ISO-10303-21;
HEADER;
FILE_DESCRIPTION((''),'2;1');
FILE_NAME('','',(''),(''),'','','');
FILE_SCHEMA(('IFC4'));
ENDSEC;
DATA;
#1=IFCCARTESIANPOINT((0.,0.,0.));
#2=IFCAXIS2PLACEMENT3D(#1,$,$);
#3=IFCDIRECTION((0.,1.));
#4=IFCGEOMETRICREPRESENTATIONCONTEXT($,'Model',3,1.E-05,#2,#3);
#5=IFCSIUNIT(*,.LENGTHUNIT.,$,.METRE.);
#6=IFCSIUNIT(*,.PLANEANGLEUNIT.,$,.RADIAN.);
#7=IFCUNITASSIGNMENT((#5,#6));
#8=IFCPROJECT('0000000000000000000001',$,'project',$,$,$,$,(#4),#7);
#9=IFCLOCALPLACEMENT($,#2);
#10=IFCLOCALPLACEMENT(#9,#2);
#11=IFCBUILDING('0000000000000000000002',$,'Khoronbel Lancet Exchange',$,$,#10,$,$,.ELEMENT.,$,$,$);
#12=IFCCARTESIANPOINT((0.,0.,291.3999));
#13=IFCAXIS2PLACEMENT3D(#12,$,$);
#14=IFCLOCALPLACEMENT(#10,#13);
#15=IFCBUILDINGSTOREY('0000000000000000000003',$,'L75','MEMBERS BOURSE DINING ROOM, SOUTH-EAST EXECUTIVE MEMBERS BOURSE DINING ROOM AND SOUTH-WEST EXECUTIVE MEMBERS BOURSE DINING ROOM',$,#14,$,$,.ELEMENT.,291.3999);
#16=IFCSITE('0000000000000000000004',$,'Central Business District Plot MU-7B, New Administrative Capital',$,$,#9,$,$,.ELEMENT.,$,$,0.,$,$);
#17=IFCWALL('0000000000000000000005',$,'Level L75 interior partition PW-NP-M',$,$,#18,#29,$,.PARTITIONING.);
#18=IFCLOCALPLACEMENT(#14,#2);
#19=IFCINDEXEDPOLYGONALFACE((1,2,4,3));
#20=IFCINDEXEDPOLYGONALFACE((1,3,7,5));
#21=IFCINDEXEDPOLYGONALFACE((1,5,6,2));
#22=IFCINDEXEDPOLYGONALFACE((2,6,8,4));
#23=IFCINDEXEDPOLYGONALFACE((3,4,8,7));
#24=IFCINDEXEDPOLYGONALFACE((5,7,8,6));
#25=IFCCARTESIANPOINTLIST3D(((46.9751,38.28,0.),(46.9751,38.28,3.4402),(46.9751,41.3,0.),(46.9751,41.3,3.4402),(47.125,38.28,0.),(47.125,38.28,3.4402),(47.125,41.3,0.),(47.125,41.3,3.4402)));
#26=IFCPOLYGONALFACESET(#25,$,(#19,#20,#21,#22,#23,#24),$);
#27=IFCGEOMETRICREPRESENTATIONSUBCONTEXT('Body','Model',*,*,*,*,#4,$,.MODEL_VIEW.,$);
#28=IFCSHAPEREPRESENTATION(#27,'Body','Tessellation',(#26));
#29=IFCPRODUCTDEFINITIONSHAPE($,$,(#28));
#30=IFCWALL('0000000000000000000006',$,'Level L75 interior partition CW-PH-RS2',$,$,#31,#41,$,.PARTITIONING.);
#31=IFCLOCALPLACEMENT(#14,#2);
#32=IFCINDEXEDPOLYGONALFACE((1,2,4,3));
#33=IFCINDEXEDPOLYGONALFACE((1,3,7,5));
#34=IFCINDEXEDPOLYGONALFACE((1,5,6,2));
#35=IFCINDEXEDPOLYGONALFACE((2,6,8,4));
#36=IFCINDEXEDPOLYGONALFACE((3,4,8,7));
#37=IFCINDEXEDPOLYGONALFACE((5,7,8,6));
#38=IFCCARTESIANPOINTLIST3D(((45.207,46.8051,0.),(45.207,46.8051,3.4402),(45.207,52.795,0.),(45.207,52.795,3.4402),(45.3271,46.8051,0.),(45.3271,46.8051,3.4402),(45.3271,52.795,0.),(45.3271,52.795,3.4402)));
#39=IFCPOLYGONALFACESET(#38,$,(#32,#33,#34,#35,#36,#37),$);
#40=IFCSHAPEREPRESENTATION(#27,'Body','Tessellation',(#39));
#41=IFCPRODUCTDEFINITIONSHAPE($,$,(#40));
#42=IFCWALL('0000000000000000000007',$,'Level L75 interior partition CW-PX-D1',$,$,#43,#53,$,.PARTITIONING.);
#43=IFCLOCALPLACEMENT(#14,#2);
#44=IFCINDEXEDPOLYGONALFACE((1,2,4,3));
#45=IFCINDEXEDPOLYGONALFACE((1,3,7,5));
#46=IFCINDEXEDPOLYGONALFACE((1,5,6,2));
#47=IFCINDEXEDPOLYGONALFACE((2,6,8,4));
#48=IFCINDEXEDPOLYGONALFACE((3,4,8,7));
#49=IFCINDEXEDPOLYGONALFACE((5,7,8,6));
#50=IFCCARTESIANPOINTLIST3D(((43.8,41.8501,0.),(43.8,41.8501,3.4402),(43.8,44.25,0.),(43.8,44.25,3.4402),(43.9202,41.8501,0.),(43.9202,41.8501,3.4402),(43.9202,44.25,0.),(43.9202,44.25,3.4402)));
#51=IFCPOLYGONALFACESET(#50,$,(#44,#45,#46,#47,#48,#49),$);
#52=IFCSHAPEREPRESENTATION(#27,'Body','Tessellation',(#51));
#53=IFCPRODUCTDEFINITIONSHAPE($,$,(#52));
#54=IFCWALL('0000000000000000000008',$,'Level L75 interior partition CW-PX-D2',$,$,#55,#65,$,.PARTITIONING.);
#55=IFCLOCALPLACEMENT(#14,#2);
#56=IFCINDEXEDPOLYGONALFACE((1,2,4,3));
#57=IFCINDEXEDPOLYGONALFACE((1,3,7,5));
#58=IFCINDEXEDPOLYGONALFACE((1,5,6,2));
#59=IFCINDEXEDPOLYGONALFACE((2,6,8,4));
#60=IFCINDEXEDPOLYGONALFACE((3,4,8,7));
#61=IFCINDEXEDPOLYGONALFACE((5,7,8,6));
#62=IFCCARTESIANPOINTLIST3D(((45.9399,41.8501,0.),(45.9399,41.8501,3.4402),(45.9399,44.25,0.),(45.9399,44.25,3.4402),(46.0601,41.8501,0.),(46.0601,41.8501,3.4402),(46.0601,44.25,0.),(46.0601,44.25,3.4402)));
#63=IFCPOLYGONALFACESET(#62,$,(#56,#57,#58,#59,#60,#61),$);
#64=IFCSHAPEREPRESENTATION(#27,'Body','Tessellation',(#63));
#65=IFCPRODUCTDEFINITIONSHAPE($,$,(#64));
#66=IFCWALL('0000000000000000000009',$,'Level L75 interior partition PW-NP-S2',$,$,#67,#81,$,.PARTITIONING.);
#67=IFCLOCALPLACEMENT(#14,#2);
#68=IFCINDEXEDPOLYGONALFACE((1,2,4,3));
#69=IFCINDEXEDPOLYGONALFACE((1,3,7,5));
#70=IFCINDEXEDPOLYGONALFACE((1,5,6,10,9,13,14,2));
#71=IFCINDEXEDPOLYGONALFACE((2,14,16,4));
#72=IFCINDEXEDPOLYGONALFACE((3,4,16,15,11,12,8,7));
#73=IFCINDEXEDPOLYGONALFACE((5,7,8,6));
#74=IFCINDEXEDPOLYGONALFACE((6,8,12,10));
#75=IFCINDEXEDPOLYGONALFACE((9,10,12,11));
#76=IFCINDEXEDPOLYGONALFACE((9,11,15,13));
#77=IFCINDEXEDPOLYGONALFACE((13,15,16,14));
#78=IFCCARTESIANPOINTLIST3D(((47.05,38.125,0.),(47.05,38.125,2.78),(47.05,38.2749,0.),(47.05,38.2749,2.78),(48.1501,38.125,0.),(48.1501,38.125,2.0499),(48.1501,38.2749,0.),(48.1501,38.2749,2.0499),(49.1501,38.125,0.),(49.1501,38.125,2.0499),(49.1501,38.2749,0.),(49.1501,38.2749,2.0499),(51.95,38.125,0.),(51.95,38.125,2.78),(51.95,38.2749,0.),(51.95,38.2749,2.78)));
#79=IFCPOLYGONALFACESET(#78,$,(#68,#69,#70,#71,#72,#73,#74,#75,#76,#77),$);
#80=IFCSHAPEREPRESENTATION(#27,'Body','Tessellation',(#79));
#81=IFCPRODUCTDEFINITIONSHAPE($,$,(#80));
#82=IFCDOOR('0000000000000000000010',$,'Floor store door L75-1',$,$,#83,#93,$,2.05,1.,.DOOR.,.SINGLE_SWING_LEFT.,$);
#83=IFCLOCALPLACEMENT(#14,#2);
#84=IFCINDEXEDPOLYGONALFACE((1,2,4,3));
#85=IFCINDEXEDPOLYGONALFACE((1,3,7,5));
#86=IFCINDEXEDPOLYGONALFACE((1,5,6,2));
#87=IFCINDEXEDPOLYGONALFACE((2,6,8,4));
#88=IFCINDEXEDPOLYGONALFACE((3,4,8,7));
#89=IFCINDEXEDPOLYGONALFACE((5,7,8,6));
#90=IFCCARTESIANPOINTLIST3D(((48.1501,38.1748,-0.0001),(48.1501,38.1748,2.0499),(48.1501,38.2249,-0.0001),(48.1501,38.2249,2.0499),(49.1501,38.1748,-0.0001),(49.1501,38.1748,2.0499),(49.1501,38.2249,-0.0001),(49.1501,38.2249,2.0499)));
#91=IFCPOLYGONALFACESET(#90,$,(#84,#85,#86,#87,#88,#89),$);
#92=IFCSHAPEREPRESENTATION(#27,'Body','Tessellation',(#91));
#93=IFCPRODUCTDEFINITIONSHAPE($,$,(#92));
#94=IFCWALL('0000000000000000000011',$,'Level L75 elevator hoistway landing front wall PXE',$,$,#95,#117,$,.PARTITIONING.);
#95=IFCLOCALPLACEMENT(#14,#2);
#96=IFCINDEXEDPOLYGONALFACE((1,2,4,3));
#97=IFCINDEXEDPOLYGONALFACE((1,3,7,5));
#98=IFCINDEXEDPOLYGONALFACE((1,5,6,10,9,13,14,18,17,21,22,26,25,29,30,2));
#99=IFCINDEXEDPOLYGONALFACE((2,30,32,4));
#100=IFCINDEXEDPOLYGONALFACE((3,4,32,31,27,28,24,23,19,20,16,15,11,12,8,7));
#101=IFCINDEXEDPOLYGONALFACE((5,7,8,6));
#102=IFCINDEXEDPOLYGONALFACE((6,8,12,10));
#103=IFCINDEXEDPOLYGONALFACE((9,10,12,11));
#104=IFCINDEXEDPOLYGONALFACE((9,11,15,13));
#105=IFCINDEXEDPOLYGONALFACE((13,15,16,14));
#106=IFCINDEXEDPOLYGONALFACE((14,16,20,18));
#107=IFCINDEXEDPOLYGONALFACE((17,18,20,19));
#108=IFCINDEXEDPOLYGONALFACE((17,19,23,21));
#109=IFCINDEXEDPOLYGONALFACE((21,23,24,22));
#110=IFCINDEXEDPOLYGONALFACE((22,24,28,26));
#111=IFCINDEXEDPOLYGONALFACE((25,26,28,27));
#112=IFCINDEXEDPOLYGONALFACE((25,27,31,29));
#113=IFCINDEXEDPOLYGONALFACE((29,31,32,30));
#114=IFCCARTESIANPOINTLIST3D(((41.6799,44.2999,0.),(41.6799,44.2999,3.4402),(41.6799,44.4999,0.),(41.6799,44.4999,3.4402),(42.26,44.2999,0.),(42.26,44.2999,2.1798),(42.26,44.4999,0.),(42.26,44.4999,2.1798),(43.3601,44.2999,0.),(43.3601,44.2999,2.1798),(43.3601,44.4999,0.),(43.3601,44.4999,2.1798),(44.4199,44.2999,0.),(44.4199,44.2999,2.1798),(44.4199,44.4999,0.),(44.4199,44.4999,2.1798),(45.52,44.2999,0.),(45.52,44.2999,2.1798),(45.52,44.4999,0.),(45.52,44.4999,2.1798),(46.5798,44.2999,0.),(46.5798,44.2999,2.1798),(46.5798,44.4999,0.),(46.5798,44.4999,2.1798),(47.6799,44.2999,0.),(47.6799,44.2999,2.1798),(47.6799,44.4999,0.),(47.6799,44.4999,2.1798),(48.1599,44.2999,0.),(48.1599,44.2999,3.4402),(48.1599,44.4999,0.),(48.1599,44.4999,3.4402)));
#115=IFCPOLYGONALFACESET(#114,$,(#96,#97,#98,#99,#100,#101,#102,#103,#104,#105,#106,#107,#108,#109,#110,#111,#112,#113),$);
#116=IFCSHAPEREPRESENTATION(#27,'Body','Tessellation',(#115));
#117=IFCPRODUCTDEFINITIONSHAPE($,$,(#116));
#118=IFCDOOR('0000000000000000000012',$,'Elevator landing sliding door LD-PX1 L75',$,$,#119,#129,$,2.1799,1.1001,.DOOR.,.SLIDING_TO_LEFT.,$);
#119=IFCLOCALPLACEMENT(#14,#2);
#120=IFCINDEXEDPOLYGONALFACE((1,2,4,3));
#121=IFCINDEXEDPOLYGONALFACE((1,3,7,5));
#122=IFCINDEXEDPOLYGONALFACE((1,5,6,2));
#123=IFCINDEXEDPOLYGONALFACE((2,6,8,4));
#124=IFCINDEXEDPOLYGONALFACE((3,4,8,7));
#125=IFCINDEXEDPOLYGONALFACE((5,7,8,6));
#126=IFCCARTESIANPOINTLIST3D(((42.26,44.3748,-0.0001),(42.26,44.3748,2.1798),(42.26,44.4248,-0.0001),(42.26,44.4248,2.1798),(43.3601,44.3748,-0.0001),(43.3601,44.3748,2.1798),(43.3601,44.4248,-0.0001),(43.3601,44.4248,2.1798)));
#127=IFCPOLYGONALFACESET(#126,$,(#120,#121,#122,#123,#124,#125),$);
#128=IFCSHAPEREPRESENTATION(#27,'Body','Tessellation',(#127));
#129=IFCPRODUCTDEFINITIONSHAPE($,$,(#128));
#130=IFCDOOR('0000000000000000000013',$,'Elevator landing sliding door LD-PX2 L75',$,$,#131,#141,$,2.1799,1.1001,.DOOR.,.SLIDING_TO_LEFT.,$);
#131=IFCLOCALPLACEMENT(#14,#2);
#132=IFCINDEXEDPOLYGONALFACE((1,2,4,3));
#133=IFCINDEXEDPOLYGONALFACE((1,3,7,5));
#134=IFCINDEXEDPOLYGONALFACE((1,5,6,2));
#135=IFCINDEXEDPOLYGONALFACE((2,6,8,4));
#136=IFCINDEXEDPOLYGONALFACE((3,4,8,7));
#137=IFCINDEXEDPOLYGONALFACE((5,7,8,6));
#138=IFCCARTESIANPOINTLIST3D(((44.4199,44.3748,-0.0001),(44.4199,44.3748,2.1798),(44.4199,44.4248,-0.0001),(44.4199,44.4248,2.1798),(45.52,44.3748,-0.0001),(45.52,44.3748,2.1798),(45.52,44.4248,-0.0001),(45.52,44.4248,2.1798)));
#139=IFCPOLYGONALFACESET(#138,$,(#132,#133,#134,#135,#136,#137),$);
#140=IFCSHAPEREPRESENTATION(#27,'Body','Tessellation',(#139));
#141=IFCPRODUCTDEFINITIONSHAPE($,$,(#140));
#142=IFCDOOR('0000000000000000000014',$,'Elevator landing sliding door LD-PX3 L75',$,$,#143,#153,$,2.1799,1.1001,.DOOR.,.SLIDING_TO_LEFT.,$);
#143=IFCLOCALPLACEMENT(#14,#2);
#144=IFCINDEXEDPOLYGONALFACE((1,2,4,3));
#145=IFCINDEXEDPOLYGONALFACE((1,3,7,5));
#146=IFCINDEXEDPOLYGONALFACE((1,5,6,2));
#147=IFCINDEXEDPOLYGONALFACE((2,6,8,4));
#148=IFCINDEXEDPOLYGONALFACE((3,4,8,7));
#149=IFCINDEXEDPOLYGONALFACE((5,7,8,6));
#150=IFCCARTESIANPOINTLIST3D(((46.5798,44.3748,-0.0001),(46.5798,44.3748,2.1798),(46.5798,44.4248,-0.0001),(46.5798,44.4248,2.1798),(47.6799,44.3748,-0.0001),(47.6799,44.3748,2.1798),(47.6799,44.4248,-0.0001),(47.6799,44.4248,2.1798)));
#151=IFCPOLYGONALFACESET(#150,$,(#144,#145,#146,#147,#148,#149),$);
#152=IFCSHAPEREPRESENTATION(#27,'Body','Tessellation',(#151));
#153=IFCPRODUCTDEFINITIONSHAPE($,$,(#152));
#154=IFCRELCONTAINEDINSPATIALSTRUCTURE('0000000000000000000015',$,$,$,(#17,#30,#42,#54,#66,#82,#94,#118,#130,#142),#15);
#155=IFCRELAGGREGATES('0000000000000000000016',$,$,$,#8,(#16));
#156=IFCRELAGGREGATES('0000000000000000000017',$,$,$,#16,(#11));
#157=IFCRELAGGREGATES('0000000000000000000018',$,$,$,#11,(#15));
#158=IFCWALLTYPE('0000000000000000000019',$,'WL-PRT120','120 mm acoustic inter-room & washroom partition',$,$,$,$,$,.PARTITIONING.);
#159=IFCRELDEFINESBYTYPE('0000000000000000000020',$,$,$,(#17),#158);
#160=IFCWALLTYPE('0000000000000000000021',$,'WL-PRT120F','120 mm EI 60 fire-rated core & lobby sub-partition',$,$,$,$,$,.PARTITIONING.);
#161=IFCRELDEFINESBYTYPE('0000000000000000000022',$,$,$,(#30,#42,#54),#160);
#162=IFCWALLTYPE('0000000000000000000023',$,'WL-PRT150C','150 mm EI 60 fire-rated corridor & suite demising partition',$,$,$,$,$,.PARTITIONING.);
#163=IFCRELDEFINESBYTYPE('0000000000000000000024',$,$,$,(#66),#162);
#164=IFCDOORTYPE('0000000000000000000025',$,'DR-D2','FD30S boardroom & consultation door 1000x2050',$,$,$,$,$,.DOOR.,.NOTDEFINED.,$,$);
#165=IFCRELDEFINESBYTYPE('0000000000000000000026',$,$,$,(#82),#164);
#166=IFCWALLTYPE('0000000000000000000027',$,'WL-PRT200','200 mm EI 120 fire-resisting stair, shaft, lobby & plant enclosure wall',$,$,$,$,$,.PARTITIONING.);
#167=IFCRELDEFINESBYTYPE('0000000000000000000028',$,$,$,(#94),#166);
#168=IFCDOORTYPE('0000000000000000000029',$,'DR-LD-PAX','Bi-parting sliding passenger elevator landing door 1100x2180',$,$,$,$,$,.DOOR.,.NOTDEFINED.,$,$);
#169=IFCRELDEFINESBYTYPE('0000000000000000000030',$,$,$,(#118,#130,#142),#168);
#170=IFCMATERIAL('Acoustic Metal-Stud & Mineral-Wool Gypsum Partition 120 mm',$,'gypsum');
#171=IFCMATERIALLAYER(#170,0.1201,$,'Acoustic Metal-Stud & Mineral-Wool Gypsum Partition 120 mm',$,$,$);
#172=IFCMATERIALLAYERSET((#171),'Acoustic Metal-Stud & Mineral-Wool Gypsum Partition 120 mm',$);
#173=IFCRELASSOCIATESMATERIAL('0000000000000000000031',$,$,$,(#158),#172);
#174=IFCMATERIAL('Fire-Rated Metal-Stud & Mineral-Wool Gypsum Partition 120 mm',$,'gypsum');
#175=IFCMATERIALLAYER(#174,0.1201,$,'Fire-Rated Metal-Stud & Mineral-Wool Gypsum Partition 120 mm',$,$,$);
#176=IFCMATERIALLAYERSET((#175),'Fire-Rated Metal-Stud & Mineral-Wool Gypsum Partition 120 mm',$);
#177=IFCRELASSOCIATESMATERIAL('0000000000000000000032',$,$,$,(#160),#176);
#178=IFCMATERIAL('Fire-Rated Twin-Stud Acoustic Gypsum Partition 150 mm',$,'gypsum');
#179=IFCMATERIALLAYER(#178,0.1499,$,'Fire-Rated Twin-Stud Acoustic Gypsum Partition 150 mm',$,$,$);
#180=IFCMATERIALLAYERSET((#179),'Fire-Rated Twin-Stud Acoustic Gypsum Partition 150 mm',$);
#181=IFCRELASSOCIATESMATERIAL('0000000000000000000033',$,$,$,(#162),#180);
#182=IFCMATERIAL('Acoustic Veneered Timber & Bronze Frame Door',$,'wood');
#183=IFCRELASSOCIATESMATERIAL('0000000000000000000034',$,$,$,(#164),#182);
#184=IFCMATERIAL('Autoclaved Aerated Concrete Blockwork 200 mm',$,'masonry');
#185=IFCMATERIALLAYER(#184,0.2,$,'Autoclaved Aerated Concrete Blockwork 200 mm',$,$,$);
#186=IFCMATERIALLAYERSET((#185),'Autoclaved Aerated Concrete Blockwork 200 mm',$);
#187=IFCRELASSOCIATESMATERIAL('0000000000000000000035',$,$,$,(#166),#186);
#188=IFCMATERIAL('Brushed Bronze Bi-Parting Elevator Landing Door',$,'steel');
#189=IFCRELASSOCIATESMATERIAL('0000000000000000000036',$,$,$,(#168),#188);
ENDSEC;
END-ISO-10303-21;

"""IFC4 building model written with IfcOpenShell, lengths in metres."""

from ifc_helpers import new_model, si_unit, direction, frame, frame_2d, origin, place, context, subcontext, project, spatial, rectangle, extrude, material, layer, layer_set, type_object, element, fill, save


model = new_model("IFC4")

# Units and contexts
model_context = context("Model", 3, precision=1e-05, world=origin(), true_north=direction((0.0, 1.0)))
body_context = subcontext(model_context, "Body", "Model", "MODEL_VIEW")
ifc_project = project(units=[si_unit("LENGTHUNIT", "METRE"), si_unit("PLANEANGLEUNIT", "RADIAN")], contexts=[model_context])

# Site, building, storey
site_placement = place(None, origin())
site = spatial("IfcSite", under=ifc_project, at=site_placement, Name="Central Business District Plot MU-7B, New Administrative Capital", CompositionType="ELEMENT", RefElevation=0.0)
building_placement = place(site_placement, origin())
building = spatial("IfcBuilding", under=site, at=building_placement, Name="Khoronbel Lancet Exchange", CompositionType="ELEMENT")
storey_placement = place(building_placement, frame((0.0, 0.0, 291.3999)))
storey = spatial("IfcBuildingStorey", under=building, at=storey_placement, Name="L75", Description="MEMBERS BOURSE DINING ROOM, SOUTH-EAST EXECUTIVE MEMBERS BOURSE DINING ROOM AND SOUTH-WEST EXECUTIVE MEMBERS BOURSE DINING ROOM", CompositionType="ELEMENT", Elevation=291.3999)

# Walls
ifc_material_1 = material(Name="Acoustic Metal-Stud & Mineral-Wool Gypsum Partition 120 mm", Category="gypsum")
ifc_layer_1 = layer(ifc_material_1, 0.1201, Name="Acoustic Metal-Stud & Mineral-Wool Gypsum Partition 120 mm")
ifc_layer_set_1 = layer_set([ifc_layer_1], Name="Acoustic Metal-Stud & Mineral-Wool Gypsum Partition 120 mm")
wall_type_1 = type_object("IfcWallType", Name="WL-PRT120", Description="120 mm acoustic inter-room & washroom partition", PredefinedType="PARTITIONING", material=ifc_layer_set_1)
wall_1_placement = place(storey_placement, frame((47.05, 38.28, 0.0), z_axis=(0.0, 0.0, 1.0), x_axis=(0.0, 1.0, 0.0)))
element("IfcWall", 1, at=wall_1_placement, inside=storey, type_object=wall_type_1, Name="Level L75 interior partition PW-NP-M", PredefinedType="PARTITIONING", context=body_context, shape_type="SweptSolid", body=[
    extrude(rectangle(XDim=3.02, YDim=0.1499, at=frame_2d((1.51, 0.0))), origin(), (0.0, 0.0, 1.0), 3.4402),
])
ifc_material_2 = material(Name="Fire-Rated Metal-Stud & Mineral-Wool Gypsum Partition 120 mm", Category="gypsum")
ifc_layer_2 = layer(ifc_material_2, 0.1201, Name="Fire-Rated Metal-Stud & Mineral-Wool Gypsum Partition 120 mm")
ifc_layer_set_2 = layer_set([ifc_layer_2], Name="Fire-Rated Metal-Stud & Mineral-Wool Gypsum Partition 120 mm")
wall_type_2 = type_object("IfcWallType", Name="WL-PRT120F", Description="120 mm EI 60 fire-rated core & lobby sub-partition", PredefinedType="PARTITIONING", material=ifc_layer_set_2)
wall_2_placement = place(storey_placement, frame((45.2671, 46.8049, 0.0), z_axis=(0.0, 0.0, 1.0), x_axis=(0.0, 1.0, 0.0)))
element("IfcWall", 2, at=wall_2_placement, inside=storey, type_object=wall_type_2, Name="Level L75 interior partition CW-PH-RS2", PredefinedType="PARTITIONING", context=body_context, shape_type="SweptSolid", body=[
    extrude(rectangle(XDim=5.99, YDim=0.1201, at=frame_2d((2.9951, 0.0))), origin(), (0.0, 0.0, 1.0), 3.4402),
])
for number, where, z_axis, x_axis, name in (
    (3, (43.8601, 41.8501, 0.0), (0.0, 0.0, 1.0), (0.0, 1.0, 0.0), "Level L75 interior partition CW-PX-D1"),
    (4, (46.0, 41.8501, 0.0), (0.0, 0.0, 1.0), (0.0, 1.0, 0.0), "Level L75 interior partition CW-PX-D2"),
):
    element("IfcWall", number, at=place(storey_placement, frame(where, z_axis=z_axis, x_axis=x_axis)), inside=storey, type_object=wall_type_2, Name=name, PredefinedType="PARTITIONING", context=body_context, shape_type="SweptSolid", body=[
        extrude(rectangle(XDim=2.3999, YDim=0.1201, at=frame_2d((1.2, 0.0))), origin(), (0.0, 0.0, 1.0), 3.4402),
    ])

# Wall, opening, door
ifc_material_3 = material(Name="Fire-Rated Twin-Stud Acoustic Gypsum Partition 150 mm", Category="gypsum")
ifc_layer_3 = layer(ifc_material_3, 0.1499, Name="Fire-Rated Twin-Stud Acoustic Gypsum Partition 150 mm")
ifc_layer_set_3 = layer_set([ifc_layer_3], Name="Fire-Rated Twin-Stud Acoustic Gypsum Partition 150 mm")
wall_type_3 = type_object("IfcWallType", Name="WL-PRT150C", Description="150 mm EI 60 fire-rated corridor & suite demising partition", PredefinedType="PARTITIONING", material=ifc_layer_set_3)
wall_3_placement = place(storey_placement, frame((47.05, 38.2, 0.0), z_axis=(0.0, 0.0, 1.0), x_axis=(1.0, 0.0, 0.0)))
wall_3 = element("IfcWall", 5, at=wall_3_placement, inside=storey, type_object=wall_type_3, Name="Level L75 interior partition PW-NP-S2", PredefinedType="PARTITIONING", context=body_context, shape_type="SweptSolid", body=[
    extrude(rectangle(XDim=4.8999, YDim=0.1499, at=frame_2d((2.45, 0.0))), origin(), (0.0, 0.0, 1.0), 2.78),
])
opening_1_placement = place(wall_3_placement, frame((1.1001, 0.0, 0.0)))
opening_1 = element("IfcOpeningElement", 6, at=opening_1_placement, cuts=wall_3, PredefinedType="OPENING", context=body_context, shape_type="SweptSolid", body=[
    extrude(rectangle(XDim=1.0, YDim=2.05, at=frame_2d((0.5, 1.0249))), frame((0.0, 0.085, 0.0), z_axis=(0.0, -1.0, 0.0), x_axis=(1.0, 0.0, 0.0)), (0.0, 0.0, 1.0), 0.1699),
])
ifc_material_4 = material(Name="Acoustic Veneered Timber & Bronze Frame Door", Category="wood")
door_type_1 = type_object("IfcDoorType", Name="DR-D2", Description="FD30S boardroom & consultation door 1000x2050", OperationType="NOTDEFINED", PredefinedType="DOOR", material=ifc_material_4)
door_1_placement = place(opening_1_placement, origin())
door_1 = element("IfcDoor", 7, at=door_1_placement, inside=storey, type_object=door_type_1, Name="Floor store door L75-1", OperationType="SINGLE_SWING_LEFT", OverallHeight=2.05, OverallWidth=1.0, PredefinedType="DOOR", context=body_context, shape_type="SweptSolid", body=[
    extrude(rectangle(XDim=1.0, YDim=2.05, at=frame_2d((0.5, 1.0249))), frame((0.0, 0.0249, 0.0), z_axis=(0.0, -1.0, 0.0), x_axis=(1.0, 0.0, 0.0)), (0.0, 0.0, 1.0), 0.05),
])
fill(opening_1, door_1)

# Wall, openings, doors
ifc_material_5 = material(Name="Autoclaved Aerated Concrete Blockwork 200 mm", Category="masonry")
ifc_layer_4 = layer(ifc_material_5, 0.2, Name="Autoclaved Aerated Concrete Blockwork 200 mm")
ifc_layer_set_4 = layer_set([ifc_layer_4], Name="Autoclaved Aerated Concrete Blockwork 200 mm")
wall_type_4 = type_object("IfcWallType", Name="WL-PRT200", Description="200 mm EI 120 fire-resisting stair, shaft, lobby & plant enclosure wall", PredefinedType="PARTITIONING", material=ifc_layer_set_4)
wall_4_placement = place(storey_placement, frame((41.6799, 44.3999, 0.0), z_axis=(0.0, 0.0, 1.0), x_axis=(1.0, 0.0, 0.0)))
wall_4 = element("IfcWall", 8, at=wall_4_placement, inside=storey, type_object=wall_type_4, Name="Level L75 elevator hoistway landing front wall PXE", PredefinedType="PARTITIONING", context=body_context, shape_type="SweptSolid", body=[
    extrude(rectangle(XDim=6.48, YDim=0.2, at=frame_2d((3.24, 0.0))), origin(), (0.0, 0.0, 1.0), 3.4402),
])
opening_2_placement = place(wall_4_placement, frame((0.5801, 0.0, 0.0)))
opening_2 = element("IfcOpeningElement", 9, at=opening_2_placement, cuts=wall_4, PredefinedType="OPENING", context=body_context, shape_type="SweptSolid", body=[
    extrude(rectangle(XDim=1.1001, YDim=2.1799, at=frame_2d((0.55, 1.0898))), frame((0.0, 0.1099, 0.0), z_axis=(0.0, -1.0, 0.0), x_axis=(1.0, 0.0, 0.0)), (0.0, 0.0, 1.0), 0.22),
])
opening_3_placement = place(wall_4_placement, frame((2.74, 0.0, 0.0)))
opening_3 = element("IfcOpeningElement", 10, at=opening_3_placement, cuts=wall_4, PredefinedType="OPENING", context=body_context, shape_type="SweptSolid", body=[
    extrude(rectangle(XDim=1.1001, YDim=2.1799, at=frame_2d((0.55, 1.0898))), frame((0.0, 0.1099, 0.0), z_axis=(0.0, -1.0, 0.0), x_axis=(1.0, 0.0, 0.0)), (0.0, 0.0, 1.0), 0.22),
])
opening_4_placement = place(wall_4_placement, frame((4.8999, 0.0, 0.0)))
opening_4 = element("IfcOpeningElement", 11, at=opening_4_placement, cuts=wall_4, PredefinedType="OPENING", context=body_context, shape_type="SweptSolid", body=[
    extrude(rectangle(XDim=1.1001, YDim=2.1799, at=frame_2d((0.55, 1.0898))), frame((0.0, 0.1099, 0.0), z_axis=(0.0, -1.0, 0.0), x_axis=(1.0, 0.0, 0.0)), (0.0, 0.0, 1.0), 0.22),
])
ifc_material_6 = material(Name="Brushed Bronze Bi-Parting Elevator Landing Door", Category="steel")
door_type_2 = type_object("IfcDoorType", Name="DR-LD-PAX", Description="Bi-parting sliding passenger elevator landing door 1100x2180", OperationType="NOTDEFINED", PredefinedType="DOOR", material=ifc_material_6)
door_2_placement = place(opening_2_placement, origin())
door_2 = element("IfcDoor", 12, at=door_2_placement, inside=storey, type_object=door_type_2, Name="Elevator landing sliding door LD-PX1 L75", OperationType="SLIDING_TO_LEFT", OverallHeight=2.1799, OverallWidth=1.1001, PredefinedType="DOOR", context=body_context, shape_type="SweptSolid", body=[
    extrude(rectangle(XDim=1.1001, YDim=2.1799, at=frame_2d((0.55, 1.0898))), frame((0.0, 0.0249, 0.0), z_axis=(0.0, -1.0, 0.0), x_axis=(1.0, 0.0, 0.0)), (0.0, 0.0, 1.0), 0.05),
])
fill(opening_2, door_2)
door_3_placement = place(opening_3_placement, origin())
door_3 = element("IfcDoor", 13, at=door_3_placement, inside=storey, type_object=door_type_2, Name="Elevator landing sliding door LD-PX2 L75", OperationType="SLIDING_TO_LEFT", OverallHeight=2.1799, OverallWidth=1.1001, PredefinedType="DOOR", context=body_context, shape_type="SweptSolid", body=[
    extrude(rectangle(XDim=1.1001, YDim=2.1799, at=frame_2d((0.55, 1.0898))), frame((0.0, 0.0249, 0.0), z_axis=(0.0, -1.0, 0.0), x_axis=(1.0, 0.0, 0.0)), (0.0, 0.0, 1.0), 0.05),
])
fill(opening_3, door_3)
door_4_placement = place(opening_4_placement, origin())
door_4 = element("IfcDoor", 14, at=door_4_placement, inside=storey, type_object=door_type_2, Name="Elevator landing sliding door LD-PX3 L75", OperationType="SLIDING_TO_LEFT", OverallHeight=2.1799, OverallWidth=1.1001, PredefinedType="DOOR", context=body_context, shape_type="SweptSolid", body=[
    extrude(rectangle(XDim=1.1001, YDim=2.1799, at=frame_2d((0.55, 1.0898))), frame((0.0, 0.0249, 0.0), z_axis=(0.0, -1.0, 0.0), x_axis=(1.0, 0.0, 0.0)), (0.0, 0.0, 1.0), 0.05),
])
fill(opening_4, door_4)

save(model, "model.ifc")
